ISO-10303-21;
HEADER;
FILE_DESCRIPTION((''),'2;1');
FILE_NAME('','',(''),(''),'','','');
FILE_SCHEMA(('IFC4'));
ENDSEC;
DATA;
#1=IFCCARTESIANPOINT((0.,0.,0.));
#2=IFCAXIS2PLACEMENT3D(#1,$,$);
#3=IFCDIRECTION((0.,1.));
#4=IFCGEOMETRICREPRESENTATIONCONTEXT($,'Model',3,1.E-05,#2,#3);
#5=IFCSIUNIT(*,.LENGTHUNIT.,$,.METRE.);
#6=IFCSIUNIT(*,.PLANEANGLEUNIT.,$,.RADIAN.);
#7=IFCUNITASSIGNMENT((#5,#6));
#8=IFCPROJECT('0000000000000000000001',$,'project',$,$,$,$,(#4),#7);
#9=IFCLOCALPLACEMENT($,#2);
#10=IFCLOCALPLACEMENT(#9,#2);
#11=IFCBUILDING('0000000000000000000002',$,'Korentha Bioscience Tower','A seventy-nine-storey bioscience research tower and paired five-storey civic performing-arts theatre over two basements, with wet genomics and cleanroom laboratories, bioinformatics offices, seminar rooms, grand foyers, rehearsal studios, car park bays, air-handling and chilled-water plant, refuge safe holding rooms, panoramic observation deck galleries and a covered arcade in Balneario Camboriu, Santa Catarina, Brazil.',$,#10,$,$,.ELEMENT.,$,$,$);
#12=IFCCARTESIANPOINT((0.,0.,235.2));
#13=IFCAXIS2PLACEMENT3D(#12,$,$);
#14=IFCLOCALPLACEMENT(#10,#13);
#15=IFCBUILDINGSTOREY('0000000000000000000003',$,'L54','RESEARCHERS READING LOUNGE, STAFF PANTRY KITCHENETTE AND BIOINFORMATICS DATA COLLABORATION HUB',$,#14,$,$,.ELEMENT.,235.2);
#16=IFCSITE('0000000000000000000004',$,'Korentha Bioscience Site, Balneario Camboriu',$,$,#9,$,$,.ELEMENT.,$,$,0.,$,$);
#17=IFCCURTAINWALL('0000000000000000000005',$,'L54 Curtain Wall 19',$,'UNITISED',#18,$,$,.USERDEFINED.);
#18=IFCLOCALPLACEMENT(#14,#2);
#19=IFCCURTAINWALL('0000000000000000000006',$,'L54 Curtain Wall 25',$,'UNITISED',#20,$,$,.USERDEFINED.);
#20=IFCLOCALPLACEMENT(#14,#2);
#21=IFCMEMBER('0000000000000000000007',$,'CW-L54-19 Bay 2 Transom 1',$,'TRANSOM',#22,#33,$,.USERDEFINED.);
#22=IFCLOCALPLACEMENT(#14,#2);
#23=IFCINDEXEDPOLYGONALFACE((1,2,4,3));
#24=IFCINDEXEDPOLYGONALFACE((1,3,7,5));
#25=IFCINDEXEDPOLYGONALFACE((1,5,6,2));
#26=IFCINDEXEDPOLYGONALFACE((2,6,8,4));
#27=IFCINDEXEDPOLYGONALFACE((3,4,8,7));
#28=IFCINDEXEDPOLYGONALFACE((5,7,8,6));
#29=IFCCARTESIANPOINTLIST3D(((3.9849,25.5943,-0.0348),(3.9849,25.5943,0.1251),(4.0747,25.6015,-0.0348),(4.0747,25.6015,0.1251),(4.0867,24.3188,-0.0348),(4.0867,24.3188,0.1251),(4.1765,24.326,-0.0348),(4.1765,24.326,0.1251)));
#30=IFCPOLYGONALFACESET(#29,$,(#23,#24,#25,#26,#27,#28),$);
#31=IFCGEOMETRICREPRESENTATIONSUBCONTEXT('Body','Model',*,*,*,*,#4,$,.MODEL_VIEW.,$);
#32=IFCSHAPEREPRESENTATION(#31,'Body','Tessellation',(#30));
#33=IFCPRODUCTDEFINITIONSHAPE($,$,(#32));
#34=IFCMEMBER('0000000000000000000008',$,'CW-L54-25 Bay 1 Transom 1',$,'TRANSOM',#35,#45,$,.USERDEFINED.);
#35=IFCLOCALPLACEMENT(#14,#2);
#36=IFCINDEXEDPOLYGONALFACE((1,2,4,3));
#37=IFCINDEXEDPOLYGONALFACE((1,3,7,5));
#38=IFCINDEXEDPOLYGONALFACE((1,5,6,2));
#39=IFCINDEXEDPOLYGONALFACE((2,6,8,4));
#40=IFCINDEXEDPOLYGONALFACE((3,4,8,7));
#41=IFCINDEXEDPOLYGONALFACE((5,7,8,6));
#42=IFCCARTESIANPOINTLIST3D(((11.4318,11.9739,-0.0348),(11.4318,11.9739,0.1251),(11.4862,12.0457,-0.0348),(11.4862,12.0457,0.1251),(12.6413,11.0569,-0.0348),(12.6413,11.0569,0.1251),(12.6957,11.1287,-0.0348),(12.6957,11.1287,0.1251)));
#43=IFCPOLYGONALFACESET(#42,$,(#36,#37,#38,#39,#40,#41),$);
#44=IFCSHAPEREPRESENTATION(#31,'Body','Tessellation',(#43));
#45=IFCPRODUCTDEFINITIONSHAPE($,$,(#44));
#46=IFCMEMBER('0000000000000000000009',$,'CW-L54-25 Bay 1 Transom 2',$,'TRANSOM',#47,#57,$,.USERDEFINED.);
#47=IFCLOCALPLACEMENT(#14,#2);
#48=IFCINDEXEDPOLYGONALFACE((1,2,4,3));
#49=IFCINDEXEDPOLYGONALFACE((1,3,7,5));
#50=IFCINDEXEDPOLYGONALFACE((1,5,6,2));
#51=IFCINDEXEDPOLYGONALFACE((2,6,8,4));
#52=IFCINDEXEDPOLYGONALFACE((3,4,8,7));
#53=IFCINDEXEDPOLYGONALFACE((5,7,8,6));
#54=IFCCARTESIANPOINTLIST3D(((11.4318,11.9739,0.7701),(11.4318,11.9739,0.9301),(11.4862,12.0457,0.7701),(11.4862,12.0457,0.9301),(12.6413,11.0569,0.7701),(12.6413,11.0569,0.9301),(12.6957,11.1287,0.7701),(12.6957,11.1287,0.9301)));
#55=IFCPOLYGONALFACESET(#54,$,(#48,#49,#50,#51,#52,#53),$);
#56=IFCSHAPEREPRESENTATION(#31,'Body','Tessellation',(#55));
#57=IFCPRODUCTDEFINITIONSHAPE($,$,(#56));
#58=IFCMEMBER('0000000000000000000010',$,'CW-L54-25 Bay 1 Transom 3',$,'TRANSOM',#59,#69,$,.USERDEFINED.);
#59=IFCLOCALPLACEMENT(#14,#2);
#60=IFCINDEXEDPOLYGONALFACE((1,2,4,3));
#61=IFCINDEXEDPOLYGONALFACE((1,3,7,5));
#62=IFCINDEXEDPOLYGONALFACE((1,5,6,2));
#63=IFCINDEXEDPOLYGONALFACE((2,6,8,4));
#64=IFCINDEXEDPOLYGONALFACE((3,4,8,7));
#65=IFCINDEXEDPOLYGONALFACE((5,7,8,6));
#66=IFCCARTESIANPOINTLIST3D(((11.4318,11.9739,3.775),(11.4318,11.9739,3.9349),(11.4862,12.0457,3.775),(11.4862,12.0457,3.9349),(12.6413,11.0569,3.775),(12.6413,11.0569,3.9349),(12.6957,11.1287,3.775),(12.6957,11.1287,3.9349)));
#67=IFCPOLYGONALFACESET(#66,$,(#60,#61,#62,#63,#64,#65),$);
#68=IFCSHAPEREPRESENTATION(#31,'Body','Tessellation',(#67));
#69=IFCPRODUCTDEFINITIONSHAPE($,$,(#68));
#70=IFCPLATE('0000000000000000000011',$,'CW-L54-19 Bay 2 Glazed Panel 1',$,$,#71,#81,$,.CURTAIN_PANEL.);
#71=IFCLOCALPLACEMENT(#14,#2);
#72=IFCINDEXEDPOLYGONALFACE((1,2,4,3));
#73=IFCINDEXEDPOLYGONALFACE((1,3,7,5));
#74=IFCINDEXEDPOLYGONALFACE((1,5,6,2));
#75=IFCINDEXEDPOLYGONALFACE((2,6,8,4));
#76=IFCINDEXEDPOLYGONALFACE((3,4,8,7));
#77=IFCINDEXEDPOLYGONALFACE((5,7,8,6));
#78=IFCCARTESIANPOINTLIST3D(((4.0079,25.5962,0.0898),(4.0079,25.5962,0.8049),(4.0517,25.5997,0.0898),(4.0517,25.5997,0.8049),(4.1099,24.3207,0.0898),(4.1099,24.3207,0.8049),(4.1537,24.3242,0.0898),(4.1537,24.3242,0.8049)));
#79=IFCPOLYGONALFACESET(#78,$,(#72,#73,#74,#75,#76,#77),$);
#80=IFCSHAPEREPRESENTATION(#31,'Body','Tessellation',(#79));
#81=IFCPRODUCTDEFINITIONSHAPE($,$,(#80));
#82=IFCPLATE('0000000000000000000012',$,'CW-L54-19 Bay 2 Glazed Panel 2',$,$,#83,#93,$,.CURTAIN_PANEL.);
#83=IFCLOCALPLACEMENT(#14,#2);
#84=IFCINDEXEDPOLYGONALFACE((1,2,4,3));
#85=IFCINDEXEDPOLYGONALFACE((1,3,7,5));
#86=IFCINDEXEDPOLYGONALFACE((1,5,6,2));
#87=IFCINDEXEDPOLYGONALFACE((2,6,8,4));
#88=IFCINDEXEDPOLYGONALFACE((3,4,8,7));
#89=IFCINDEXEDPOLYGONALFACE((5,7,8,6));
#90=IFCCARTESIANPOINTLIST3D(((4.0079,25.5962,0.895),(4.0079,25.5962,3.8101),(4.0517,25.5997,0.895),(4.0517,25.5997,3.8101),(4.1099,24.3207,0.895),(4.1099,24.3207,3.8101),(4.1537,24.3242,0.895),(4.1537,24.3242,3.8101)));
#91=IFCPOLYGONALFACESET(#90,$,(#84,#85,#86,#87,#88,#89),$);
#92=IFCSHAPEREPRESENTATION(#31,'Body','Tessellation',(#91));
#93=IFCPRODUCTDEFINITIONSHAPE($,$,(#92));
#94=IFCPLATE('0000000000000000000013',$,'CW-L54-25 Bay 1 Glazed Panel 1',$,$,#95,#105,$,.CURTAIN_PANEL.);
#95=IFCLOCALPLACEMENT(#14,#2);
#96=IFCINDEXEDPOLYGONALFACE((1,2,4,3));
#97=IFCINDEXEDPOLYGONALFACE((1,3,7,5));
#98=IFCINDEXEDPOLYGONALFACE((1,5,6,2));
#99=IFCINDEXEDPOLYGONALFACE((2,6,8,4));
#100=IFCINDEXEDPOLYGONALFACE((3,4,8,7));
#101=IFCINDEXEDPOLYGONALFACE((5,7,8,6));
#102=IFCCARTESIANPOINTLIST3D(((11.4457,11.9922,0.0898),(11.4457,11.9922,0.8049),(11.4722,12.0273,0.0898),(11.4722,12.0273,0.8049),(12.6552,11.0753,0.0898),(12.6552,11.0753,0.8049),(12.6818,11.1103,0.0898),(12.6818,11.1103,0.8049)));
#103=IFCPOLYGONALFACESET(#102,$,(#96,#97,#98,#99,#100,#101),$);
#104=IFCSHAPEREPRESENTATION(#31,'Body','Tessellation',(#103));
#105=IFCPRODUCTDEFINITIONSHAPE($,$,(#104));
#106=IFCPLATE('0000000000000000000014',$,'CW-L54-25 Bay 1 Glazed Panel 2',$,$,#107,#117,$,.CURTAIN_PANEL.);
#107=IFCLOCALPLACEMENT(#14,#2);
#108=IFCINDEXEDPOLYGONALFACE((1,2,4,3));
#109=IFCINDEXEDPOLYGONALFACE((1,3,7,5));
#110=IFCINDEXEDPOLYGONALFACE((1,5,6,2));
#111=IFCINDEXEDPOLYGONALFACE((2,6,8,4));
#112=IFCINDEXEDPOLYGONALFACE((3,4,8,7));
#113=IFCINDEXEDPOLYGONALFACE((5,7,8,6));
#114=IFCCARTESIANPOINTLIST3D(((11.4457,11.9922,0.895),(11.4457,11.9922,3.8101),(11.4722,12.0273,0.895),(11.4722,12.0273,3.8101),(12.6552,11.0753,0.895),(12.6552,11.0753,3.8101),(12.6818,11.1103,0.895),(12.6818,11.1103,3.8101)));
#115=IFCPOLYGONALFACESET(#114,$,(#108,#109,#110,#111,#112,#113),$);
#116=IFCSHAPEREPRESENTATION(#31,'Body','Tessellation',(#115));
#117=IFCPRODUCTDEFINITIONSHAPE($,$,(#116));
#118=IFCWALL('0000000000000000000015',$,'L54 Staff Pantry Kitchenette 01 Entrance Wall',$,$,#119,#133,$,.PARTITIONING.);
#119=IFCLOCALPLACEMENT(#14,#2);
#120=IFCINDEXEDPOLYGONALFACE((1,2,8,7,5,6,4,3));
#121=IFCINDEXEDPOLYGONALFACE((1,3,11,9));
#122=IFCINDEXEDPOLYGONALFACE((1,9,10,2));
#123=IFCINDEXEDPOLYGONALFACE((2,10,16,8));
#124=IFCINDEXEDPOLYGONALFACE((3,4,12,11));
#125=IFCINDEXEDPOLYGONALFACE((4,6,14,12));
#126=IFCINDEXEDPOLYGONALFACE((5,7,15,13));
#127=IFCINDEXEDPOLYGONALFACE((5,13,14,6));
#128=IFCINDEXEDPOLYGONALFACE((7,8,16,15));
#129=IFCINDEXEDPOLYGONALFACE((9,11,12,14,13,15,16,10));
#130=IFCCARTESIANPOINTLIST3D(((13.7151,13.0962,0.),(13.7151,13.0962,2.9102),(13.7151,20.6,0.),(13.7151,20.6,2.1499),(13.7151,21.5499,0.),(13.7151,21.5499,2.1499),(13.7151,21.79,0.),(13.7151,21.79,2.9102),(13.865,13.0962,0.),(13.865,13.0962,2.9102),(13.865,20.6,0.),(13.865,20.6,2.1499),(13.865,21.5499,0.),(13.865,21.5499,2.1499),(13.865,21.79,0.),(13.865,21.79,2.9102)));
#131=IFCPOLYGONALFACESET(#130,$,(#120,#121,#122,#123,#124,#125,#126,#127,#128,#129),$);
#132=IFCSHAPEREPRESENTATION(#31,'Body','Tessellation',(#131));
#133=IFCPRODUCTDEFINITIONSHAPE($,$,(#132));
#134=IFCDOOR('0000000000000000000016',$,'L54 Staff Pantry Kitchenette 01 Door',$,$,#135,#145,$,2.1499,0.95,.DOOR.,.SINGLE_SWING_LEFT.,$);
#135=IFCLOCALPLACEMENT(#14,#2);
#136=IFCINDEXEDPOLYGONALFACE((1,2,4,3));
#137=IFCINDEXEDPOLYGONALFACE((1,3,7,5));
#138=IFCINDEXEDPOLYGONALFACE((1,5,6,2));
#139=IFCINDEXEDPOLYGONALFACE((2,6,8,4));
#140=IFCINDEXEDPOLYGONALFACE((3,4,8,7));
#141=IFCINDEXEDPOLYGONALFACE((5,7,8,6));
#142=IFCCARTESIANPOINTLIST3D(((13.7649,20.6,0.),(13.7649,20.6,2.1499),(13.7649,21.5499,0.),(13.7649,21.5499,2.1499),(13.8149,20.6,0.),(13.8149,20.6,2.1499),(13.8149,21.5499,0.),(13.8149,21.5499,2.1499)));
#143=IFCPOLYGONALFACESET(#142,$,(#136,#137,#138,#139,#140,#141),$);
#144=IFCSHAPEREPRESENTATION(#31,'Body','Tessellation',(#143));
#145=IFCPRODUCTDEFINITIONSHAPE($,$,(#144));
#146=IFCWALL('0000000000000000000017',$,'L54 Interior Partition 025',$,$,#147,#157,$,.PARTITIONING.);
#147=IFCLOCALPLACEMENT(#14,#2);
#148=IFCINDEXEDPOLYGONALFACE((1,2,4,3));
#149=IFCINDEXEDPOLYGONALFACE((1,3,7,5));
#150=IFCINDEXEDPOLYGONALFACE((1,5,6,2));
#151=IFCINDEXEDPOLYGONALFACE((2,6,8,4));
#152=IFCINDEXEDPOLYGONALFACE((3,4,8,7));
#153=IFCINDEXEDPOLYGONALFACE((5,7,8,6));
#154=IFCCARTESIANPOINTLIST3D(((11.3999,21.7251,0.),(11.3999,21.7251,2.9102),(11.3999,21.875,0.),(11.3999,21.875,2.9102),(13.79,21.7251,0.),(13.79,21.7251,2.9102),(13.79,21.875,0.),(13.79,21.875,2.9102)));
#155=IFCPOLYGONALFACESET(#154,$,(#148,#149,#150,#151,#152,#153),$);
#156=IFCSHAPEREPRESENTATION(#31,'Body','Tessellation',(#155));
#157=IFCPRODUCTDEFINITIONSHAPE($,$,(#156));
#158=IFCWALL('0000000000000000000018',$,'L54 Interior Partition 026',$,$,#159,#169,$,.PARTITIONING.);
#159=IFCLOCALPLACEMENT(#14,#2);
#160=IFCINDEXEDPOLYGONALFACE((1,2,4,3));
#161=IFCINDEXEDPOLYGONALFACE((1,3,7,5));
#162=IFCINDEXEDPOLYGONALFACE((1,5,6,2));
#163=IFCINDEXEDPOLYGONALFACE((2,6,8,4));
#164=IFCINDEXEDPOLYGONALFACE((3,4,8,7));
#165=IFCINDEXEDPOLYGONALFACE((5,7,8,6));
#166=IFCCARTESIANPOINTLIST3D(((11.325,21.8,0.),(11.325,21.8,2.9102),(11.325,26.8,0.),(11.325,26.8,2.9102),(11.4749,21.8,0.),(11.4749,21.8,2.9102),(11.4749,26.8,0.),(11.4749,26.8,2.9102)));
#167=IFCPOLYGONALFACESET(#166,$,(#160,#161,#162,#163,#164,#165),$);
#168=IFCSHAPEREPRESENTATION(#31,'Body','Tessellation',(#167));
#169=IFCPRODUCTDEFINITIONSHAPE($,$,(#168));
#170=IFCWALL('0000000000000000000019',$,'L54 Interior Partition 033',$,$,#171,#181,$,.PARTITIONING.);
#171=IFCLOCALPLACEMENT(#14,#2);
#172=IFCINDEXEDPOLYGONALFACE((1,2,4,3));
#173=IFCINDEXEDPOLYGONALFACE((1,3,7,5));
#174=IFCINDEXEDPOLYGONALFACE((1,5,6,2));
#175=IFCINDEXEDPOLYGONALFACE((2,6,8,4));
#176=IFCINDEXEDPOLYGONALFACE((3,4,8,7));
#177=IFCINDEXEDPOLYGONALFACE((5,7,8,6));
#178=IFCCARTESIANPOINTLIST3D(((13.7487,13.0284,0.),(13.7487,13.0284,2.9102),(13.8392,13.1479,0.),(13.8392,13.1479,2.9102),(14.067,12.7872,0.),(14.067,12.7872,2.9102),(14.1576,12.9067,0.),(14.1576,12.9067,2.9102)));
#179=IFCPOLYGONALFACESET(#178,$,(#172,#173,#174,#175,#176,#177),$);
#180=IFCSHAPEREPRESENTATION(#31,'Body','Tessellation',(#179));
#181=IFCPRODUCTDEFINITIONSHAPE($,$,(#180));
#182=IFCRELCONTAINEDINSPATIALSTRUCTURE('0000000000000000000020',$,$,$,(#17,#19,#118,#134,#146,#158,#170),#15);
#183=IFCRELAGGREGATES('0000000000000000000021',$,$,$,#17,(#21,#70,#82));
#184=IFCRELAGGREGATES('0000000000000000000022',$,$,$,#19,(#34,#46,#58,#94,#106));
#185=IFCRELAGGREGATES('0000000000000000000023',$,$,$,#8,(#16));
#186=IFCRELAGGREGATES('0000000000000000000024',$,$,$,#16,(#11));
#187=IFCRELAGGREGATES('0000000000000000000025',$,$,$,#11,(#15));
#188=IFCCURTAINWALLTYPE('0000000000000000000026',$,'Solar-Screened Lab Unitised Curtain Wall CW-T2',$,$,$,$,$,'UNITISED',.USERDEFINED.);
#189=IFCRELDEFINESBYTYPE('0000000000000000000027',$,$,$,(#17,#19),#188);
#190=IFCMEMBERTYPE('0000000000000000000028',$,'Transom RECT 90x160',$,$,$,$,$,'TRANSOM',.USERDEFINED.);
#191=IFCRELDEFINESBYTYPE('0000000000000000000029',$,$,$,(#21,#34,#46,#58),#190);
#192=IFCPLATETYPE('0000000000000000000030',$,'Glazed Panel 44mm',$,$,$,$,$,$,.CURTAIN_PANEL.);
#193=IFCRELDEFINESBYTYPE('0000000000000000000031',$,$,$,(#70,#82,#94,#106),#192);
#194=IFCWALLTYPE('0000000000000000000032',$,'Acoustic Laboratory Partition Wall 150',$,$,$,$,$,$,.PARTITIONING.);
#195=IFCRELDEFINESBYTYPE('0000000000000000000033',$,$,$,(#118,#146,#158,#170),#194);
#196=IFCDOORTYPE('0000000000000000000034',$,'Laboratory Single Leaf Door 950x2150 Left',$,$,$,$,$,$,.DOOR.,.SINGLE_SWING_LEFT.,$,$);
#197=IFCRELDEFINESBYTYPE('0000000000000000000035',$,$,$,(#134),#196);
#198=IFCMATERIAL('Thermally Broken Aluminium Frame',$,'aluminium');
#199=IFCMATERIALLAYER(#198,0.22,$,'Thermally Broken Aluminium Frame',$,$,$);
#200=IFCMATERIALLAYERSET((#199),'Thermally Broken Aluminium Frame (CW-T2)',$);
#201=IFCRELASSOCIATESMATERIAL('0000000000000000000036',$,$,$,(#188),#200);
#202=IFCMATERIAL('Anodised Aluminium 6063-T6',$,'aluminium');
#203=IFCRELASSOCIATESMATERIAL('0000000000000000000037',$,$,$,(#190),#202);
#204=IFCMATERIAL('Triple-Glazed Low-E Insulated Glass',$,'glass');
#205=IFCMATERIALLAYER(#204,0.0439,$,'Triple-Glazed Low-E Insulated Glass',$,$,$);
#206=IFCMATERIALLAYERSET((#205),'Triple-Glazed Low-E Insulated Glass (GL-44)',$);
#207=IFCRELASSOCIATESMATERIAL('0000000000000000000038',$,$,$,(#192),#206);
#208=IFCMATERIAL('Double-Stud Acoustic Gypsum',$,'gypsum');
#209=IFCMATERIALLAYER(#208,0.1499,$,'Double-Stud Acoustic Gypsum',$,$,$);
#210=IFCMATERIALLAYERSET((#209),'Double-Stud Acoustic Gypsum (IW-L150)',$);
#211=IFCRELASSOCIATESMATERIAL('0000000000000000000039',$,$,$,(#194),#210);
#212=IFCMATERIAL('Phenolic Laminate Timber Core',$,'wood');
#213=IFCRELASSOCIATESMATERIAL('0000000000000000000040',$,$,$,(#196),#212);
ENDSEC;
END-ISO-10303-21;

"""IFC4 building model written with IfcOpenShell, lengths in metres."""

from ifc_helpers import new_model, si_unit, direction, frame, frame_2d, origin, origin_2d, place, context, subcontext, project, spatial, rectangle, extrude, material, layer, layer_set, material_profile, profile_set, type_object, element, fill, aggregate, save


model = new_model("IFC4")

# Units and contexts
model_context = context("Model", 3, precision=1e-05, world=origin(), true_north=direction((0.0, 1.0)))
body_context = subcontext(model_context, "Body", "Model", "MODEL_VIEW")
ifc_project = project(units=[si_unit("LENGTHUNIT", "METRE"), si_unit("PLANEANGLEUNIT", "RADIAN")], contexts=[model_context])

# Site, building, storey
site_placement = place(None, origin())
site = spatial("IfcSite", under=ifc_project, at=site_placement, Name="Korentha Bioscience Site, Balneario Camboriu", CompositionType="ELEMENT", RefElevation=0.0)
building_placement = place(site_placement, origin())
building = spatial("IfcBuilding", under=site, at=building_placement, Name="Korentha Bioscience Tower", Description="A seventy-nine-storey bioscience research tower and paired five-storey civic performing-arts theatre over two basements, with wet genomics and cleanroom laboratories, bioinformatics offices, seminar rooms, grand foyers, rehearsal studios, car park bays, air-handling and chilled-water plant, refuge safe holding rooms, panoramic observation deck galleries and a covered arcade in Balneario Camboriu, Santa Catarina, Brazil.", CompositionType="ELEMENT")
storey_placement = place(building_placement, frame((0.0, 0.0, 235.2)))
storey = spatial("IfcBuildingStorey", under=building, at=storey_placement, Name="L54", Description="RESEARCHERS READING LOUNGE, STAFF PANTRY KITCHENETTE AND BIOINFORMATICS DATA COLLABORATION HUB", CompositionType="ELEMENT", Elevation=235.2)

# Curtain wall
ifc_material_1 = material(Name="Thermally Broken Aluminium Frame", Category="aluminium")
ifc_layer_1 = layer(ifc_material_1, 0.22, Name="Thermally Broken Aluminium Frame")
ifc_layer_set_1 = layer_set([ifc_layer_1], Name="Thermally Broken Aluminium Frame (CW-T2)")
curtain_wall_type = type_object("IfcCurtainWallType", Name="Solar-Screened Lab Unitised Curtain Wall CW-T2", ElementType="UNITISED", PredefinedType="USERDEFINED", material=ifc_layer_set_1)
curtain_wall_1_placement = place(storey_placement, origin())
curtain_wall_1 = element("IfcCurtainWall", 1, at=curtain_wall_1_placement, inside=storey, type_object=curtain_wall_type, Name="L54 Curtain Wall 19", ObjectType="UNITISED", PredefinedType="USERDEFINED")
ifc_material_2 = material(Name="Anodised Aluminium 6063-T6", Category="aluminium")

# Curtain wall
curtain_wall_2_placement = place(storey_placement, origin())
curtain_wall_2 = element("IfcCurtainWall", 2, at=curtain_wall_2_placement, inside=storey, type_object=curtain_wall_type, Name="L54 Curtain Wall 25", ObjectType="UNITISED", PredefinedType="USERDEFINED")

# Members
ifc_material_profile_1 = material_profile(ifc_material_2, rectangle(XDim=0.0901, YDim=0.1599, at=origin_2d()), Name="Anodised Aluminium 6063-T6")
ifc_profile_set_1 = profile_set([ifc_material_profile_1], Name="Anodised Aluminium 6063-T6 (CW-TRN)")
member_type_1 = type_object("IfcMemberType", Name="Transom RECT 90x160", ElementType="TRANSOM", PredefinedType="USERDEFINED", material=ifc_profile_set_1)
member_1_placement = place(storey_placement, frame((4.0298, 25.5979, 0.0452), z_axis=(0.079571, -0.996829, 0.0), x_axis=(0.996829, 0.079571, 0.0)))
member_1 = element("IfcMember", 3, at=member_1_placement, type_object=member_type_1, Name="CW-L54-19 Bay 2 Transom 1", ObjectType="TRANSOM", PredefinedType="USERDEFINED", context=body_context, shape_type="SweptSolid", body=[
    extrude(rectangle(XDim=0.0901, YDim=0.1599, at=origin_2d()), origin(), (0.0, 0.0, 1.0), 1.2795),
])
member_2_placement = place(storey_placement, frame((11.459, 12.0098, 0.0452), z_axis=(0.796862, -0.604161, 0.0), x_axis=(0.604161, 0.796862, 0.0)))
member_2 = element("IfcMember", 4, at=member_2_placement, type_object=member_type_1, Name="CW-L54-25 Bay 1 Transom 1", ObjectType="TRANSOM", PredefinedType="USERDEFINED", context=body_context, shape_type="SweptSolid", body=[
    extrude(rectangle(XDim=0.0901, YDim=0.1599, at=origin_2d()), origin(), (0.0, 0.0, 1.0), 1.5178),
])
member_3_placement = place(storey_placement, frame((11.459, 12.0098, 0.8501), z_axis=(0.796862, -0.604161, 0.0), x_axis=(0.604161, 0.796862, 0.0)))
member_3 = element("IfcMember", 5, at=member_3_placement, type_object=member_type_1, Name="CW-L54-25 Bay 1 Transom 2", ObjectType="TRANSOM", PredefinedType="USERDEFINED", context=body_context, shape_type="SweptSolid", body=[
    extrude(rectangle(XDim=0.0901, YDim=0.1599, at=origin_2d()), origin(), (0.0, 0.0, 1.0), 1.5178),
])
member_4_placement = place(storey_placement, frame((11.459, 12.0098, 3.855), z_axis=(0.796862, -0.604161, 0.0), x_axis=(0.604161, 0.796862, 0.0)))
member_4 = element("IfcMember", 6, at=member_4_placement, type_object=member_type_1, Name="CW-L54-25 Bay 1 Transom 3", ObjectType="TRANSOM", PredefinedType="USERDEFINED", context=body_context, shape_type="SweptSolid", body=[
    extrude(rectangle(XDim=0.0901, YDim=0.1599, at=origin_2d()), origin(), (0.0, 0.0, 1.0), 1.5178),
])

# Plates
ifc_material_3 = material(Name="Triple-Glazed Low-E Insulated Glass", Category="glass")
ifc_layer_2 = layer(ifc_material_3, 0.0439, Name="Triple-Glazed Low-E Insulated Glass")
ifc_layer_set_2 = layer_set([ifc_layer_2], Name="Triple-Glazed Low-E Insulated Glass (GL-44)")
plate_type = type_object("IfcPlateType", Name="Glazed Panel 44mm", PredefinedType="CURTAIN_PANEL", material=ifc_layer_set_2)
plate_1_placement = place(storey_placement, frame((4.0808, 24.9602, 0.0898), z_axis=(0.0, 0.0, 1.0), x_axis=(0.079748, -0.996815, 0.0)))
plate_1 = element("IfcPlate", 7, at=plate_1_placement, type_object=plate_type, Name="CW-L54-19 Bay 2 Glazed Panel 1", PredefinedType="CURTAIN_PANEL", context=body_context, shape_type="SweptSolid", body=[
    extrude(rectangle(XDim=1.2795, YDim=0.0439, at=origin_2d()), origin(), (0.0, 0.0, 1.0), 0.7151),
])
plate_2_placement = place(storey_placement, frame((4.0808, 24.9602, 0.895), z_axis=(0.0, 0.0, 1.0), x_axis=(0.079748, -0.996815, 0.0)))
plate_2 = element("IfcPlate", 8, at=plate_2_placement, type_object=plate_type, Name="CW-L54-19 Bay 2 Glazed Panel 2", PredefinedType="CURTAIN_PANEL", context=body_context, shape_type="SweptSolid", body=[
    extrude(rectangle(XDim=1.2795, YDim=0.0439, at=origin_2d()), origin(), (0.0, 0.0, 1.0), 2.915),
])
aggregate(curtain_wall_1, [member_1, plate_1, plate_2])
plate_3_placement = place(storey_placement, frame((12.0637, 11.5513, 0.0898), z_axis=(0.0, 0.0, 1.0), x_axis=(0.796889, -0.604126, 0.0)))
plate_3 = element("IfcPlate", 9, at=plate_3_placement, type_object=plate_type, Name="CW-L54-25 Bay 1 Glazed Panel 1", PredefinedType="CURTAIN_PANEL", context=body_context, shape_type="SweptSolid", body=[
    extrude(rectangle(XDim=1.5178, YDim=0.0439, at=origin_2d()), origin(), (0.0, 0.0, 1.0), 0.7151),
])
plate_4_placement = place(storey_placement, frame((12.0637, 11.5513, 0.895), z_axis=(0.0, 0.0, 1.0), x_axis=(0.796889, -0.604126, 0.0)))
plate_4 = element("IfcPlate", 10, at=plate_4_placement, type_object=plate_type, Name="CW-L54-25 Bay 1 Glazed Panel 2", PredefinedType="CURTAIN_PANEL", context=body_context, shape_type="SweptSolid", body=[
    extrude(rectangle(XDim=1.5178, YDim=0.0439, at=origin_2d()), origin(), (0.0, 0.0, 1.0), 2.915),
])
aggregate(curtain_wall_2, [member_2, member_3, member_4, plate_3, plate_4])

# Wall, opening, door
ifc_material_4 = material(Name="Double-Stud Acoustic Gypsum", Category="gypsum")
ifc_layer_3 = layer(ifc_material_4, 0.1499, Name="Double-Stud Acoustic Gypsum")
ifc_layer_set_3 = layer_set([ifc_layer_3], Name="Double-Stud Acoustic Gypsum (IW-L150)")
wall_type_1 = type_object("IfcWallType", Name="Acoustic Laboratory Partition Wall 150", PredefinedType="PARTITIONING", material=ifc_layer_set_3)
wall_1_placement = place(storey_placement, frame((13.79, 21.79, 0.0), z_axis=(0.0, 0.0, 1.0), x_axis=(0.0, -1.0, 0.0)))
wall_1 = element("IfcWall", 11, at=wall_1_placement, inside=storey, type_object=wall_type_1, Name="L54 Staff Pantry Kitchenette 01 Entrance Wall", PredefinedType="PARTITIONING", context=body_context, shape_type="SweptSolid", body=[
    extrude(rectangle(XDim=8.6938, YDim=0.1499, at=frame_2d((4.3469, 0.0))), origin(), (0.0, 0.0, 1.0), 2.9102),
])
opening_1_placement = place(wall_1_placement, frame((0.24, 0.0, 0.0)))
opening_1 = element("IfcOpeningElement", 12, at=opening_1_placement, cuts=wall_1, PredefinedType="OPENING", context=body_context, shape_type="SweptSolid", body=[
    extrude(rectangle(XDim=0.95, YDim=2.1499, at=frame_2d((0.4751, 1.075))), frame((0.0, 0.0898, 0.0), z_axis=(0.0, -1.0, 0.0), x_axis=(1.0, 0.0, 0.0)), (0.0, 0.0, 1.0), 0.1797),
])
ifc_material_5 = material(Name="Phenolic Laminate Timber Core", Category="wood")
door_type_1 = type_object("IfcDoorType", Name="Laboratory Single Leaf Door 950x2150 Left", OperationType="SINGLE_SWING_LEFT", PredefinedType="DOOR", material=ifc_material_5)
door_1_placement = place(opening_1_placement, origin())
door_1 = element("IfcDoor", 13, at=door_1_placement, inside=storey, type_object=door_type_1, Name="L54 Staff Pantry Kitchenette 01 Door", OperationType="SINGLE_SWING_LEFT", OverallHeight=2.1499, OverallWidth=0.95, PredefinedType="DOOR", context=body_context, shape_type="SweptSolid", body=[
    extrude(rectangle(XDim=0.95, YDim=2.1499, at=frame_2d((0.4751, 1.075))), frame((0.0, 0.0249, 0.0), z_axis=(0.0, -1.0, 0.0), x_axis=(1.0, 0.0, 0.0)), (0.0, 0.0, 1.0), 0.05),
])
fill(opening_1, door_1)

# Walls
wall_2_placement = place(storey_placement, frame((13.79, 21.8, 0.0), z_axis=(0.0, 0.0, 1.0), x_axis=(-1.0, 0.0, 0.0)))
element("IfcWall", 14, at=wall_2_placement, inside=storey, type_object=wall_type_1, Name="L54 Interior Partition 025", PredefinedType="PARTITIONING", context=body_context, shape_type="SweptSolid", body=[
    extrude(rectangle(XDim=2.3901, YDim=0.1499, at=frame_2d((1.1951, 0.0))), origin(), (0.0, 0.0, 1.0), 2.9102),
])
wall_3_placement = place(storey_placement, frame((11.3999, 21.8, 0.0), z_axis=(0.0, 0.0, 1.0), x_axis=(0.0, 1.0, 0.0)))
element("IfcWall", 15, at=wall_3_placement, inside=storey, type_object=wall_type_1, Name="L54 Interior Partition 026", PredefinedType="PARTITIONING", context=body_context, shape_type="SweptSolid", body=[
    extrude(rectangle(XDim=5.0, YDim=0.1499, at=frame_2d((2.5, 0.0))), origin(), (0.0, 0.0, 1.0), 2.9102),
])
wall_4_placement = place(storey_placement, frame((13.7939, 13.0881, 0.0), z_axis=(0.0, 0.0, 1.0), x_axis=(0.797056, -0.603905, 0.0)))
element("IfcWall", 16, at=wall_4_placement, inside=storey, type_object=wall_type_1, Name="L54 Interior Partition 033", PredefinedType="PARTITIONING", context=body_context, shape_type="SweptSolid", body=[
    extrude(rectangle(XDim=0.3994, YDim=0.1499, at=frame_2d((0.1997, 0.0))), origin(), (0.0, 0.0, 1.0), 2.9102),
])

save(model, "model.ifc")
